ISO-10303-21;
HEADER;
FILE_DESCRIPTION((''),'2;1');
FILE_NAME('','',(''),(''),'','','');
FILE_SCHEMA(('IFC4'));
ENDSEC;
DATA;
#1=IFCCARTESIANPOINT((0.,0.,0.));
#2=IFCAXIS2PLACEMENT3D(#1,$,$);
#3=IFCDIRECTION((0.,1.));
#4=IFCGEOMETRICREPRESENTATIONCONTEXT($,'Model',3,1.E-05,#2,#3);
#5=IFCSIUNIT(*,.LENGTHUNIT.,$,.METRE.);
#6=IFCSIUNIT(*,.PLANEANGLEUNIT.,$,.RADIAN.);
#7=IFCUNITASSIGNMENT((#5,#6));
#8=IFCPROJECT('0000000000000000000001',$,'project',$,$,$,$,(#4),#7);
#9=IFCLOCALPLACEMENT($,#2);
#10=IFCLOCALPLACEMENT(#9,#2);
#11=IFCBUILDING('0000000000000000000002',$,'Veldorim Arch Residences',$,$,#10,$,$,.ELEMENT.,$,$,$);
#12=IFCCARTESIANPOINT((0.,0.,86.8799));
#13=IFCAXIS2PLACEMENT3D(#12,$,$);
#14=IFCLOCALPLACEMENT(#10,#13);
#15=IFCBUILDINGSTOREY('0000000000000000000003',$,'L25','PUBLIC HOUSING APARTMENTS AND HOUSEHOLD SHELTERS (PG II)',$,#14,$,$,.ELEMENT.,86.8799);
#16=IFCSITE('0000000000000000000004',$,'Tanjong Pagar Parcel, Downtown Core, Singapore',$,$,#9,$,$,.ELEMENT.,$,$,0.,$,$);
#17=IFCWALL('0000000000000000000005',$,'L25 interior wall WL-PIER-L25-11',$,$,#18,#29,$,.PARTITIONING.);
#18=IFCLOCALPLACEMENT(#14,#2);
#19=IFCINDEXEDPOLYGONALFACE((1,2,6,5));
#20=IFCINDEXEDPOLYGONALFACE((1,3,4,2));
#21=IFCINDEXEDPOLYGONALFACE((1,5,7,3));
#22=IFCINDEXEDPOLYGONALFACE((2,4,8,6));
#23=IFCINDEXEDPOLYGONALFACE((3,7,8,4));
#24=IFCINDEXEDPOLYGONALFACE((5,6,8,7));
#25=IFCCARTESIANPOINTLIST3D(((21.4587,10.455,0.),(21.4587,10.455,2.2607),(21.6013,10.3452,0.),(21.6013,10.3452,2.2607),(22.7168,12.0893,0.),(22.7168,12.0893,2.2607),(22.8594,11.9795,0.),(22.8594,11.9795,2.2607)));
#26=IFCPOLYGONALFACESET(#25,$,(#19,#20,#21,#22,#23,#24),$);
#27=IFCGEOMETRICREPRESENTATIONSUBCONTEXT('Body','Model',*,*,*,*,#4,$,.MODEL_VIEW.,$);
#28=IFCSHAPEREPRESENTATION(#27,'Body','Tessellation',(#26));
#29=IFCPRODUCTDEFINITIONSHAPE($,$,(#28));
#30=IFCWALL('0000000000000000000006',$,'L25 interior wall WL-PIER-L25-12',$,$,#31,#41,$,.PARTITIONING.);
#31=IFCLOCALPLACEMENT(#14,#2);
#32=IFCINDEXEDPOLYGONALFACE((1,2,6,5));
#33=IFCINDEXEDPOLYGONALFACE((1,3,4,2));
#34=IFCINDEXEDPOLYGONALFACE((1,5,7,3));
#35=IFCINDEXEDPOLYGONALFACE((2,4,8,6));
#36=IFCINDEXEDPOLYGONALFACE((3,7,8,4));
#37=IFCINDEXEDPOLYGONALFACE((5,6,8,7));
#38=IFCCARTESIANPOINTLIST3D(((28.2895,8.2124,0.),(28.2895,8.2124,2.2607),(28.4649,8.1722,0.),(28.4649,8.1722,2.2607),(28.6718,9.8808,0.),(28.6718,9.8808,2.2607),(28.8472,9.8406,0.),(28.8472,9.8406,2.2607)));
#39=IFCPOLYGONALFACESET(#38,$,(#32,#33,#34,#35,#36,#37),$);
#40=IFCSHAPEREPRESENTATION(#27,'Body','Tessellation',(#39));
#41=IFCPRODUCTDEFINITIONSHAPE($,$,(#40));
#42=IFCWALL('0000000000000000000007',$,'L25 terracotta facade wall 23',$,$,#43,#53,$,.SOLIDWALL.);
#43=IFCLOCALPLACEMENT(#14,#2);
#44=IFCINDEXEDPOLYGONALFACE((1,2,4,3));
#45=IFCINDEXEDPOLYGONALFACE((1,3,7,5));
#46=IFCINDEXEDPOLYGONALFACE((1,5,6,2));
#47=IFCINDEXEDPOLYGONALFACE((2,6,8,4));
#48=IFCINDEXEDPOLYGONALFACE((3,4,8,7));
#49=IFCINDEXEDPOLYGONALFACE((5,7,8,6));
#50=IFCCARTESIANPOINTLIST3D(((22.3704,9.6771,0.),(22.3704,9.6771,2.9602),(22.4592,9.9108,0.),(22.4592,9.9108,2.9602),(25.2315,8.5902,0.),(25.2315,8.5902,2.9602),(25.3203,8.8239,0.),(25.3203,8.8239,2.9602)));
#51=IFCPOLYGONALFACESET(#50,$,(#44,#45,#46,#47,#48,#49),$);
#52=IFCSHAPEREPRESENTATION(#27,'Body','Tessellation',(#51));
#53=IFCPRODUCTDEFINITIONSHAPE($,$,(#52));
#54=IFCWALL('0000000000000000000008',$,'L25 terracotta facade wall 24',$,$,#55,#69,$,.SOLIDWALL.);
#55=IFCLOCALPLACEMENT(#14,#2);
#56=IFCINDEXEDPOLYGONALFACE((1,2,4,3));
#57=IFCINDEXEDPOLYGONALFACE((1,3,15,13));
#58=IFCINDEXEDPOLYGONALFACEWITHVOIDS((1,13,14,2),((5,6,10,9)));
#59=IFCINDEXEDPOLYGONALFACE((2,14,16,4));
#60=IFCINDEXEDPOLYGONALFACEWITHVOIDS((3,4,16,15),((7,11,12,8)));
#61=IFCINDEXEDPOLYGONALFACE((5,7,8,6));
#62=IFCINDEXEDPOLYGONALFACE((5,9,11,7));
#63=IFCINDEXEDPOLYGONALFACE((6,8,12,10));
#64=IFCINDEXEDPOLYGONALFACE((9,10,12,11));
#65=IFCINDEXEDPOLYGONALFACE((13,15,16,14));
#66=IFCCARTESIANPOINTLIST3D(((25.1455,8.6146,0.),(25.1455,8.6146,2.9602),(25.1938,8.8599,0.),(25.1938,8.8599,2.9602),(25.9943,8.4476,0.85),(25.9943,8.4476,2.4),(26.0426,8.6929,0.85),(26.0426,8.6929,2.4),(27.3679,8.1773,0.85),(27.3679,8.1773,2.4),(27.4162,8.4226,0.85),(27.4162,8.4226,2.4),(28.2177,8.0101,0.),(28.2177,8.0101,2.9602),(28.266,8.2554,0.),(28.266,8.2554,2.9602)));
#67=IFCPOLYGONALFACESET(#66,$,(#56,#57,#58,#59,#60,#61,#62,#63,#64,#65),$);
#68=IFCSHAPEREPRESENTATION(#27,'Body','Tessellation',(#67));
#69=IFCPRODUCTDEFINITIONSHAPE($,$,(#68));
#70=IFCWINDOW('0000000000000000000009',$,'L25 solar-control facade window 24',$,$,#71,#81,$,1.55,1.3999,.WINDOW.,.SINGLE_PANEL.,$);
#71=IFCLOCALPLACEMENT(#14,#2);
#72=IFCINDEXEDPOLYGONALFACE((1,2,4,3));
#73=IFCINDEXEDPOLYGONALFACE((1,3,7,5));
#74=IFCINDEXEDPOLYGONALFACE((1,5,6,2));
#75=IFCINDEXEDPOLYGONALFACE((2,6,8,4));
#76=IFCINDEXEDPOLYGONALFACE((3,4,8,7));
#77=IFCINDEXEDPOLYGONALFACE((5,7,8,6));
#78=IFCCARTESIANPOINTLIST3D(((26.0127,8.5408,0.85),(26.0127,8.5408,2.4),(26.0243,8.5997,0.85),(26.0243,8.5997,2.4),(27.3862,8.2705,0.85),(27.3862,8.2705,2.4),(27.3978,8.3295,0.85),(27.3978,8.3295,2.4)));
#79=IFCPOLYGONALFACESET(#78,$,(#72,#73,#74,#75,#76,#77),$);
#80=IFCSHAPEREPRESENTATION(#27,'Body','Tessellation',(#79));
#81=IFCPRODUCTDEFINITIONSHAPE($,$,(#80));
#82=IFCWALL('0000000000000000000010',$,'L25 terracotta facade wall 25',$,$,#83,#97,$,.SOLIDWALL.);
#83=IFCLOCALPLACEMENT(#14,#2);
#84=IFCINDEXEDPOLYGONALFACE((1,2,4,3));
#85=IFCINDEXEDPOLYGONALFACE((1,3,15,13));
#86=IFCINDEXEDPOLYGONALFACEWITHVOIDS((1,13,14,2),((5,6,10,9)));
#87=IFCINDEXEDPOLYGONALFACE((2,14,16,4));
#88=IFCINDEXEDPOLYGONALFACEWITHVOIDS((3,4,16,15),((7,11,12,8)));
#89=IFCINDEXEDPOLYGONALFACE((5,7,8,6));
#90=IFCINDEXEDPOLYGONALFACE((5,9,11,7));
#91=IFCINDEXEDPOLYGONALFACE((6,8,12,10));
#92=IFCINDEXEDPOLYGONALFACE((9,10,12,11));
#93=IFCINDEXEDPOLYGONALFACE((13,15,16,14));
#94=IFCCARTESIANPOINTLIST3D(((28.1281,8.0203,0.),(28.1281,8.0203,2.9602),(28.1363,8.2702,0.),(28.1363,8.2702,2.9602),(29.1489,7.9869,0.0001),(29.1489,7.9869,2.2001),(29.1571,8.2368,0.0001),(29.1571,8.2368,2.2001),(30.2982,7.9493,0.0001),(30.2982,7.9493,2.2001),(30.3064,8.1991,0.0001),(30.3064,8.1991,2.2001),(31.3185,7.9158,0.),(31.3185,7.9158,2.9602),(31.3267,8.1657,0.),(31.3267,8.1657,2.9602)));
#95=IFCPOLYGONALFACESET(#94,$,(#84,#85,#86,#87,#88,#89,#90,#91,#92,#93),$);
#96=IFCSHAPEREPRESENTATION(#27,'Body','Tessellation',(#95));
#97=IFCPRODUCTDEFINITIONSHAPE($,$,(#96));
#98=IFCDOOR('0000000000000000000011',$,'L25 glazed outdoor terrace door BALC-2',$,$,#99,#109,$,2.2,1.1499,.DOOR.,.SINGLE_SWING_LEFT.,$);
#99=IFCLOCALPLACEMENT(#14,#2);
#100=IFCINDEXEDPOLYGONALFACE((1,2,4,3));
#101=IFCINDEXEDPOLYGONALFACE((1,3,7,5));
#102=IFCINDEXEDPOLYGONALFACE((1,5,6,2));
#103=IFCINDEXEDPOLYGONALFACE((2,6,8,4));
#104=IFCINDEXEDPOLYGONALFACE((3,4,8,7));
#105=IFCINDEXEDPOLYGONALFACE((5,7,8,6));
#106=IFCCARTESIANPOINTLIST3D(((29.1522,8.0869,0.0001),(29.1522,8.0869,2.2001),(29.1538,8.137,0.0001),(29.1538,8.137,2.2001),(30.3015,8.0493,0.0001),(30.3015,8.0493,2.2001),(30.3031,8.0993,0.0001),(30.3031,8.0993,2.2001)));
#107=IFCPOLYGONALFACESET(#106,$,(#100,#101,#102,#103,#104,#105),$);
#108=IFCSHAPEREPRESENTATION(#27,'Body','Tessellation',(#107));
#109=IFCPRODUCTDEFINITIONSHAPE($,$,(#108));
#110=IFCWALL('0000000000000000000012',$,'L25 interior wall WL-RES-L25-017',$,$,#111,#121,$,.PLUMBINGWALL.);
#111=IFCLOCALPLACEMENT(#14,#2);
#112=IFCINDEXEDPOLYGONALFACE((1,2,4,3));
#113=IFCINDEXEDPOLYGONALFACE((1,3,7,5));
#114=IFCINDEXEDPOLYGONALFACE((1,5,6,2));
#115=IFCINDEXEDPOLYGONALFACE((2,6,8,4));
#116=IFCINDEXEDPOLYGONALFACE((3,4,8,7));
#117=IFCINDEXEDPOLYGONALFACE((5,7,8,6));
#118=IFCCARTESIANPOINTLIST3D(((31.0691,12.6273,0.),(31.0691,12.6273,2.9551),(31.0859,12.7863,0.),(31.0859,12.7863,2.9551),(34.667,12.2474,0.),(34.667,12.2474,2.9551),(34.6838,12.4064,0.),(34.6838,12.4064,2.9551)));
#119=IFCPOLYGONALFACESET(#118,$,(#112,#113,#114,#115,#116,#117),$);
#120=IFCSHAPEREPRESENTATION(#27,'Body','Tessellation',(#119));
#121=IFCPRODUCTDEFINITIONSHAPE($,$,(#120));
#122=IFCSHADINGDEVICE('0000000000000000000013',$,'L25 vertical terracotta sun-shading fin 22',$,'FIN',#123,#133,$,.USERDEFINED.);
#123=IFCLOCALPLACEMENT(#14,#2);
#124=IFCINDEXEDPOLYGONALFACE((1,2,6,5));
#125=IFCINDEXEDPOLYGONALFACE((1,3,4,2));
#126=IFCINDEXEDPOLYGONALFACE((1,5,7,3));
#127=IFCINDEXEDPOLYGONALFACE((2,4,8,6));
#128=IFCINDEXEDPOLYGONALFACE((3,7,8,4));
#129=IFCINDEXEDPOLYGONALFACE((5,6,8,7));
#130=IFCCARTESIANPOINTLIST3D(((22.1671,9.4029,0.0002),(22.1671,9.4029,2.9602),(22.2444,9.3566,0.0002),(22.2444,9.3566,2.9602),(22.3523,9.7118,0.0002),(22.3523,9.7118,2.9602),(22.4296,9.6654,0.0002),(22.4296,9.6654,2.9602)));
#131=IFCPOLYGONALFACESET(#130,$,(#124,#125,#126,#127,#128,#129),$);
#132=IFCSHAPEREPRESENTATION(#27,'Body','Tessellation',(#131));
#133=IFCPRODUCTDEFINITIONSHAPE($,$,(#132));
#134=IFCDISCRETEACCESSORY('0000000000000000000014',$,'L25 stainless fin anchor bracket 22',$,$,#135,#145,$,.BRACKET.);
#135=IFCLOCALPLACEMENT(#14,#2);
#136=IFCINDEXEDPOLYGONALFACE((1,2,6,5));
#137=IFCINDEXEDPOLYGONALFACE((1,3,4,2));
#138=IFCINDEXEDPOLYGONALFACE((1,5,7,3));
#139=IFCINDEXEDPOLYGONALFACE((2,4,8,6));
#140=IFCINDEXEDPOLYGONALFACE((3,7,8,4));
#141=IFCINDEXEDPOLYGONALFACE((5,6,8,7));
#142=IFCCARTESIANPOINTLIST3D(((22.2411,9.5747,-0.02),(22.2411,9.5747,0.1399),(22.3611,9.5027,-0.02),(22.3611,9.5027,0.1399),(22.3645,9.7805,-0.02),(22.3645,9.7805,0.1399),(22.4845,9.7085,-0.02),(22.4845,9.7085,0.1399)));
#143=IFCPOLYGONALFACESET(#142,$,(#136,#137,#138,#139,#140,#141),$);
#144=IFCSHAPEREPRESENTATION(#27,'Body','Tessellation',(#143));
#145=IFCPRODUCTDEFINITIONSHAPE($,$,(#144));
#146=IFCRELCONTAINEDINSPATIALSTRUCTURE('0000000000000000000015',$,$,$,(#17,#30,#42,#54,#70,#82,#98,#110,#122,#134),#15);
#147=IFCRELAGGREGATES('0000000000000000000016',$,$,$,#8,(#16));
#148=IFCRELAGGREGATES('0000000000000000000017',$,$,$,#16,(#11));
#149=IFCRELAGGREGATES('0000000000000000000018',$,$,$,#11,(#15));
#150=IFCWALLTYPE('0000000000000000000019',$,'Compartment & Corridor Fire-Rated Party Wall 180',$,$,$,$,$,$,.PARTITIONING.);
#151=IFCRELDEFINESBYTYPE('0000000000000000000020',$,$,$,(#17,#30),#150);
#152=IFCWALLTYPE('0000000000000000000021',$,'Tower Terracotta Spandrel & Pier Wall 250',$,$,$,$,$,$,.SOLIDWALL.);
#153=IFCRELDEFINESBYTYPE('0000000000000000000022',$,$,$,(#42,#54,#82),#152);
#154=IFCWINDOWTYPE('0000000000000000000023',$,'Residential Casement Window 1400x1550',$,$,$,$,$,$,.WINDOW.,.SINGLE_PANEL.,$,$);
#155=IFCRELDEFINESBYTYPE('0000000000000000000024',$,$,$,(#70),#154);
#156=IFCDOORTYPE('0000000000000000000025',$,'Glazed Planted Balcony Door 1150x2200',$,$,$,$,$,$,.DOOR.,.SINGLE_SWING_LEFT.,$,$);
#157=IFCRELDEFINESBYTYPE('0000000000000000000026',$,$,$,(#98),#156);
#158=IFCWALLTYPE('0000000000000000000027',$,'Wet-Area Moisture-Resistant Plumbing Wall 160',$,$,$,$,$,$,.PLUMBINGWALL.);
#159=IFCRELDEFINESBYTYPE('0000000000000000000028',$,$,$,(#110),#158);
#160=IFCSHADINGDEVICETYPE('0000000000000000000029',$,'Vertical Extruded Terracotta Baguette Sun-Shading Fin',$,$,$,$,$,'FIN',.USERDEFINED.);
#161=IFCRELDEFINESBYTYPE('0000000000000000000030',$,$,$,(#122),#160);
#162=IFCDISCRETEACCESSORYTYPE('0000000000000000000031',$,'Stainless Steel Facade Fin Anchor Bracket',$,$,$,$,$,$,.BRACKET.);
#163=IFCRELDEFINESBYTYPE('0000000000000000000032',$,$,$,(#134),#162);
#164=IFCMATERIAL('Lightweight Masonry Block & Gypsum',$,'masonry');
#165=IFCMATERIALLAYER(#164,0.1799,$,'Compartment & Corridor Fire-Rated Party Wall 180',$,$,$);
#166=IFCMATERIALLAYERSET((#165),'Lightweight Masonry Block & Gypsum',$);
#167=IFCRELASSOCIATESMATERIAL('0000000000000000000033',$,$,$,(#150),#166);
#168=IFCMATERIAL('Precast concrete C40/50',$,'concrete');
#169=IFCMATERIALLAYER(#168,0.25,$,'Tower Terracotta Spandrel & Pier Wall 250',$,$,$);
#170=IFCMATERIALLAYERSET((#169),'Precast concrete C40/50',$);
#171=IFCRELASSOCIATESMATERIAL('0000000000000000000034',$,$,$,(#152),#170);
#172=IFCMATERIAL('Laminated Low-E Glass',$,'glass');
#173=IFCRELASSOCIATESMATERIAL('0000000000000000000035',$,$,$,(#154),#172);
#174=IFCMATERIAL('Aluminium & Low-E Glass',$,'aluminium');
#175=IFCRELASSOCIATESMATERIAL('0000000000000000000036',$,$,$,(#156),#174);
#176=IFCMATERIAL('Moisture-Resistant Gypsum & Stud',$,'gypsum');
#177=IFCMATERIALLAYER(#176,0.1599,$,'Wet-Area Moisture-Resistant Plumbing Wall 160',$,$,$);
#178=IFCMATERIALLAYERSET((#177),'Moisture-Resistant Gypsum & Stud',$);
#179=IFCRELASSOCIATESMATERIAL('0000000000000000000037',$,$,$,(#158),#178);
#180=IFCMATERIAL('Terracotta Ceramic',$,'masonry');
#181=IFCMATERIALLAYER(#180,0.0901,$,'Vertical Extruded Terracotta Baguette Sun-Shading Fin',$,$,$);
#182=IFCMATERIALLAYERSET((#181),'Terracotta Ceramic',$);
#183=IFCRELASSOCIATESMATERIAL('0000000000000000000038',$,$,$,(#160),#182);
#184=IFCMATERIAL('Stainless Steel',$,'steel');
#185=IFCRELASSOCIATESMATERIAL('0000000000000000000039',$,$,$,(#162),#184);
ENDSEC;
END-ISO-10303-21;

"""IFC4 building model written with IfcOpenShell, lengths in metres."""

from ifc_helpers import new_model, si_unit, direction, frame, frame_2d, origin, origin_2d, place, context, subcontext, project, spatial, rectangle, extrude, material, layer, layer_set, type_object, element, fill, save


model = new_model("IFC4")

# Units and contexts
model_context = context("Model", 3, precision=1e-05, world=origin(), true_north=direction((0.0, 1.0)))
body_context = subcontext(model_context, "Body", "Model", "MODEL_VIEW")
ifc_project = project(units=[si_unit("LENGTHUNIT", "METRE"), si_unit("PLANEANGLEUNIT", "RADIAN")], contexts=[model_context])

# Site, building, storey
site_placement = place(None, origin())
site = spatial("IfcSite", under=ifc_project, at=site_placement, Name="Tanjong Pagar Parcel, Downtown Core, Singapore", CompositionType="ELEMENT", RefElevation=0.0)
building_placement = place(site_placement, origin())
building = spatial("IfcBuilding", under=site, at=building_placement, Name="Veldorim Arch Residences", CompositionType="ELEMENT")
storey_placement = place(building_placement, frame((0.0, 0.0, 86.8799)))
storey = spatial("IfcBuildingStorey", under=building, at=storey_placement, Name="L25", Description="PUBLIC HOUSING APARTMENTS AND HOUSEHOLD SHELTERS (PG II)", CompositionType="ELEMENT", Elevation=86.8799)

# Walls
ifc_material_1 = material(Name="Lightweight Masonry Block & Gypsum", Category="masonry")
ifc_layer_1 = layer(ifc_material_1, 0.1799, Name="Compartment & Corridor Fire-Rated Party Wall 180")
ifc_layer_set_1 = layer_set([ifc_layer_1], Name="Lightweight Masonry Block & Gypsum")
wall_type_1 = type_object("IfcWallType", Name="Compartment & Corridor Fire-Rated Party Wall 180", PredefinedType="PARTITIONING", material=ifc_layer_set_1)
wall_1_placement = place(storey_placement, frame((22.7881, 12.0344, 0.0), z_axis=(0.0, 0.0, 1.0), x_axis=(-0.609991, -0.792408, 0.0)))
element("IfcWall", 1, at=wall_1_placement, inside=storey, type_object=wall_type_1, Name="L25 interior wall WL-PIER-L25-11", PredefinedType="PARTITIONING", context=body_context, shape_type="SweptSolid", body=[
    extrude(rectangle(XDim=2.0625, YDim=0.1799, at=frame_2d((1.0312, 0.0))), origin(), (0.0, 0.0, 1.0), 2.2607),
])
wall_2_placement = place(storey_placement, frame((28.7595, 9.8608, 0.0), z_axis=(0.0, 0.0, 1.0), x_axis=(-0.223359, -0.974736, 0.0)))
element("IfcWall", 2, at=wall_2_placement, inside=storey, type_object=wall_type_1, Name="L25 interior wall WL-PIER-L25-12", PredefinedType="PARTITIONING", context=body_context, shape_type="SweptSolid", body=[
    extrude(rectangle(XDim=1.7117, YDim=0.1799, at=frame_2d((0.856, 0.0))), origin(), (0.0, 0.0, 1.0), 2.2607),
])
ifc_material_2 = material(Name="Precast concrete C40/50", Category="concrete")
ifc_layer_2 = layer(ifc_material_2, 0.25, Name="Tower Terracotta Spandrel & Pier Wall 250")
ifc_layer_set_2 = layer_set([ifc_layer_2], Name="Precast concrete C40/50")
wall_type_2 = type_object("IfcWallType", Name="Tower Terracotta Spandrel & Pier Wall 250", PredefinedType="SOLIDWALL", material=ifc_layer_set_2)
wall_3_placement = place(storey_placement, frame((25.2759, 8.707, 0.0), z_axis=(0.0, 0.0, 1.0), x_axis=(-0.934816, 0.355133, 0.0)))
element("IfcWall", 3, at=wall_3_placement, inside=storey, type_object=wall_type_2, Name="L25 terracotta facade wall 23", PredefinedType="SOLIDWALL", context=body_context, shape_type="SweptSolid", body=[
    extrude(rectangle(XDim=3.0605, YDim=0.25, at=frame_2d((1.5303, 0.0))), origin(), (0.0, 0.0, 1.0), 2.9602),
])

# Wall, opening, window
wall_4_placement = place(storey_placement, frame((28.2417, 8.1328, 0.0), z_axis=(0.0, 0.0, 1.0), x_axis=(-0.981188, 0.193056, 0.0)))
wall_4 = element("IfcWall", 4, at=wall_4_placement, inside=storey, type_object=wall_type_2, Name="L25 terracotta facade wall 24", PredefinedType="SOLIDWALL", context=body_context, shape_type="SweptSolid", body=[
    extrude(rectangle(XDim=3.1311, YDim=0.25, at=frame_2d((1.5654, 0.0))), origin(), (0.0, 0.0, 1.0), 2.9602),
])
opening_1_placement = place(wall_4_placement, frame((0.866, 0.0, 0.8501)))
opening_1 = element("IfcOpeningElement", 5, at=opening_1_placement, cuts=wall_4, PredefinedType="OPENING", context=body_context, shape_type="SweptSolid", body=[
    extrude(rectangle(XDim=1.3999, YDim=1.55, at=frame_2d((0.7, 0.7749))), frame((0.0, 0.135, 0.0), z_axis=(0.0, -1.0, 0.0), x_axis=(1.0, 0.0, 0.0)), (0.0, 0.0, 1.0), 0.27),
])
ifc_material_3 = material(Name="Laminated Low-E Glass", Category="glass")
window_type = type_object("IfcWindowType", Name="Residential Casement Window 1400x1550", PartitioningType="SINGLE_PANEL", PredefinedType="WINDOW", material=ifc_material_3)
window_placement = place(opening_1_placement, origin())
window = element("IfcWindow", 6, at=window_placement, inside=storey, type_object=window_type, Name="L25 solar-control facade window 24", OverallHeight=1.55, OverallWidth=1.3999, PartitioningType="SINGLE_PANEL", PredefinedType="WINDOW", context=body_context, shape_type="SweptSolid", body=[
    extrude(rectangle(XDim=1.3999, YDim=1.55, at=frame_2d((0.7, 0.7749))), frame((0.0, 0.03, 0.0), z_axis=(0.0, -1.0, 0.0), x_axis=(1.0, 0.0, 0.0)), (0.0, 0.0, 1.0), 0.0601),
])
fill(opening_1, window)

# Wall, opening, door
wall_5_placement = place(storey_placement, frame((31.3228, 8.0408, 0.0), z_axis=(0.0, 0.0, 1.0), x_axis=(-0.999464, 0.032734, 0.0)))
wall_5 = element("IfcWall", 7, at=wall_5_placement, inside=storey, type_object=wall_type_2, Name="L25 terracotta facade wall 25", PredefinedType="SOLIDWALL", context=body_context, shape_type="SweptSolid", body=[
    extrude(rectangle(XDim=3.1921, YDim=0.25, at=frame_2d((1.5962, 0.0))), origin(), (0.0, 0.0, 1.0), 2.9602),
])
opening_2_placement = place(wall_5_placement, frame((1.021, 0.0, 0.0)))
opening_2 = element("IfcOpeningElement", 8, at=opening_2_placement, cuts=wall_5, PredefinedType="OPENING", context=body_context, shape_type="SweptSolid", body=[
    extrude(rectangle(XDim=1.1499, YDim=2.2, at=frame_2d((0.575, 1.1001))), frame((0.0, 0.135, 0.0), z_axis=(0.0, -1.0, 0.0), x_axis=(1.0, 0.0, 0.0)), (0.0, 0.0, 1.0), 0.27),
])
ifc_material_4 = material(Name="Aluminium & Low-E Glass", Category="aluminium")
door_type_1 = type_object("IfcDoorType", Name="Glazed Planted Balcony Door 1150x2200", OperationType="SINGLE_SWING_LEFT", PredefinedType="DOOR", material=ifc_material_4)
door_1_placement = place(opening_2_placement, origin())
door_1 = element("IfcDoor", 9, at=door_1_placement, inside=storey, type_object=door_type_1, Name="L25 glazed outdoor terrace door BALC-2", OperationType="SINGLE_SWING_LEFT", OverallHeight=2.2, OverallWidth=1.1499, PredefinedType="DOOR", context=body_context, shape_type="SweptSolid", body=[
    extrude(rectangle(XDim=1.1499, YDim=2.2, at=frame_2d((0.575, 1.1001))), frame((0.0, 0.0249, 0.0), z_axis=(0.0, -1.0, 0.0), x_axis=(1.0, 0.0, 0.0)), (0.0, 0.0, 1.0), 0.05),
])
fill(opening_2, door_1)

# Wall
ifc_material_5 = material(Name="Moisture-Resistant Gypsum & Stud", Category="gypsum")
ifc_layer_3 = layer(ifc_material_5, 0.1599, Name="Wet-Area Moisture-Resistant Plumbing Wall 160")
ifc_layer_set_3 = layer_set([ifc_layer_3], Name="Moisture-Resistant Gypsum & Stud")
wall_type_3 = type_object("IfcWallType", Name="Wet-Area Moisture-Resistant Plumbing Wall 160", PredefinedType="PLUMBINGWALL", material=ifc_layer_set_3)
wall_6_placement = place(storey_placement, frame((31.0774, 12.7068, 0.0), z_axis=(0.0, 0.0, 1.0), x_axis=(0.994472, -0.105001, 0.0)))
element("IfcWall", 10, at=wall_6_placement, inside=storey, type_object=wall_type_3, Name="L25 interior wall WL-RES-L25-017", PredefinedType="PLUMBINGWALL", context=body_context, shape_type="SweptSolid", body=[
    extrude(rectangle(XDim=3.6179, YDim=0.1599, at=frame_2d((1.8091, 0.0))), origin(), (0.0, 0.0, 1.0), 2.9551),
])

# Shading device
ifc_material_6 = material(Name="Terracotta Ceramic", Category="masonry")
ifc_layer_4 = layer(ifc_material_6, 0.0901, Name="Vertical Extruded Terracotta Baguette Sun-Shading Fin")
ifc_layer_set_4 = layer_set([ifc_layer_4], Name="Terracotta Ceramic")
shading_device_type = type_object("IfcShadingDeviceType", Name="Vertical Extruded Terracotta Baguette Sun-Shading Fin", ElementType="FIN", PredefinedType="USERDEFINED", material=ifc_layer_set_4)
shading_device_placement = place(storey_placement, frame((22.2983, 9.5342, 0.0002), z_axis=(0.0, 0.0, 1.0), x_axis=(-0.857616, 0.51429, 0.0)))
element("IfcShadingDevice", 11, at=shading_device_placement, inside=storey, type_object=shading_device_type, Name="L25 vertical terracotta sun-shading fin 22", ObjectType="FIN", PredefinedType="USERDEFINED", context=body_context, shape_type="SweptSolid", body=[
    extrude(rectangle(XDim=0.0901, YDim=0.3601, at=origin_2d()), origin(), (0.0, 0.0, 1.0), 2.96),
])

# Discrete accessory
ifc_material_7 = material(Name="Stainless Steel", Category="steel")
discrete_accessory_type = type_object("IfcDiscreteAccessoryType", Name="Stainless Steel Facade Fin Anchor Bracket", PredefinedType="BRACKET", material=ifc_material_7)
discrete_accessory_placement = place(storey_placement, frame((22.3628, 9.6416, -0.02), z_axis=(0.0, 0.0, 1.0), x_axis=(-0.857616, 0.51429, 0.0)))
element("IfcDiscreteAccessory", 12, at=discrete_accessory_placement, inside=storey, type_object=discrete_accessory_type, Name="L25 stainless fin anchor bracket 22", PredefinedType="BRACKET", context=body_context, shape_type="SweptSolid", body=[
    extrude(rectangle(XDim=0.1399, YDim=0.24, at=origin_2d()), origin(), (0.0, 0.0, 1.0), 0.1599),
])

save(model, "model.ifc")
